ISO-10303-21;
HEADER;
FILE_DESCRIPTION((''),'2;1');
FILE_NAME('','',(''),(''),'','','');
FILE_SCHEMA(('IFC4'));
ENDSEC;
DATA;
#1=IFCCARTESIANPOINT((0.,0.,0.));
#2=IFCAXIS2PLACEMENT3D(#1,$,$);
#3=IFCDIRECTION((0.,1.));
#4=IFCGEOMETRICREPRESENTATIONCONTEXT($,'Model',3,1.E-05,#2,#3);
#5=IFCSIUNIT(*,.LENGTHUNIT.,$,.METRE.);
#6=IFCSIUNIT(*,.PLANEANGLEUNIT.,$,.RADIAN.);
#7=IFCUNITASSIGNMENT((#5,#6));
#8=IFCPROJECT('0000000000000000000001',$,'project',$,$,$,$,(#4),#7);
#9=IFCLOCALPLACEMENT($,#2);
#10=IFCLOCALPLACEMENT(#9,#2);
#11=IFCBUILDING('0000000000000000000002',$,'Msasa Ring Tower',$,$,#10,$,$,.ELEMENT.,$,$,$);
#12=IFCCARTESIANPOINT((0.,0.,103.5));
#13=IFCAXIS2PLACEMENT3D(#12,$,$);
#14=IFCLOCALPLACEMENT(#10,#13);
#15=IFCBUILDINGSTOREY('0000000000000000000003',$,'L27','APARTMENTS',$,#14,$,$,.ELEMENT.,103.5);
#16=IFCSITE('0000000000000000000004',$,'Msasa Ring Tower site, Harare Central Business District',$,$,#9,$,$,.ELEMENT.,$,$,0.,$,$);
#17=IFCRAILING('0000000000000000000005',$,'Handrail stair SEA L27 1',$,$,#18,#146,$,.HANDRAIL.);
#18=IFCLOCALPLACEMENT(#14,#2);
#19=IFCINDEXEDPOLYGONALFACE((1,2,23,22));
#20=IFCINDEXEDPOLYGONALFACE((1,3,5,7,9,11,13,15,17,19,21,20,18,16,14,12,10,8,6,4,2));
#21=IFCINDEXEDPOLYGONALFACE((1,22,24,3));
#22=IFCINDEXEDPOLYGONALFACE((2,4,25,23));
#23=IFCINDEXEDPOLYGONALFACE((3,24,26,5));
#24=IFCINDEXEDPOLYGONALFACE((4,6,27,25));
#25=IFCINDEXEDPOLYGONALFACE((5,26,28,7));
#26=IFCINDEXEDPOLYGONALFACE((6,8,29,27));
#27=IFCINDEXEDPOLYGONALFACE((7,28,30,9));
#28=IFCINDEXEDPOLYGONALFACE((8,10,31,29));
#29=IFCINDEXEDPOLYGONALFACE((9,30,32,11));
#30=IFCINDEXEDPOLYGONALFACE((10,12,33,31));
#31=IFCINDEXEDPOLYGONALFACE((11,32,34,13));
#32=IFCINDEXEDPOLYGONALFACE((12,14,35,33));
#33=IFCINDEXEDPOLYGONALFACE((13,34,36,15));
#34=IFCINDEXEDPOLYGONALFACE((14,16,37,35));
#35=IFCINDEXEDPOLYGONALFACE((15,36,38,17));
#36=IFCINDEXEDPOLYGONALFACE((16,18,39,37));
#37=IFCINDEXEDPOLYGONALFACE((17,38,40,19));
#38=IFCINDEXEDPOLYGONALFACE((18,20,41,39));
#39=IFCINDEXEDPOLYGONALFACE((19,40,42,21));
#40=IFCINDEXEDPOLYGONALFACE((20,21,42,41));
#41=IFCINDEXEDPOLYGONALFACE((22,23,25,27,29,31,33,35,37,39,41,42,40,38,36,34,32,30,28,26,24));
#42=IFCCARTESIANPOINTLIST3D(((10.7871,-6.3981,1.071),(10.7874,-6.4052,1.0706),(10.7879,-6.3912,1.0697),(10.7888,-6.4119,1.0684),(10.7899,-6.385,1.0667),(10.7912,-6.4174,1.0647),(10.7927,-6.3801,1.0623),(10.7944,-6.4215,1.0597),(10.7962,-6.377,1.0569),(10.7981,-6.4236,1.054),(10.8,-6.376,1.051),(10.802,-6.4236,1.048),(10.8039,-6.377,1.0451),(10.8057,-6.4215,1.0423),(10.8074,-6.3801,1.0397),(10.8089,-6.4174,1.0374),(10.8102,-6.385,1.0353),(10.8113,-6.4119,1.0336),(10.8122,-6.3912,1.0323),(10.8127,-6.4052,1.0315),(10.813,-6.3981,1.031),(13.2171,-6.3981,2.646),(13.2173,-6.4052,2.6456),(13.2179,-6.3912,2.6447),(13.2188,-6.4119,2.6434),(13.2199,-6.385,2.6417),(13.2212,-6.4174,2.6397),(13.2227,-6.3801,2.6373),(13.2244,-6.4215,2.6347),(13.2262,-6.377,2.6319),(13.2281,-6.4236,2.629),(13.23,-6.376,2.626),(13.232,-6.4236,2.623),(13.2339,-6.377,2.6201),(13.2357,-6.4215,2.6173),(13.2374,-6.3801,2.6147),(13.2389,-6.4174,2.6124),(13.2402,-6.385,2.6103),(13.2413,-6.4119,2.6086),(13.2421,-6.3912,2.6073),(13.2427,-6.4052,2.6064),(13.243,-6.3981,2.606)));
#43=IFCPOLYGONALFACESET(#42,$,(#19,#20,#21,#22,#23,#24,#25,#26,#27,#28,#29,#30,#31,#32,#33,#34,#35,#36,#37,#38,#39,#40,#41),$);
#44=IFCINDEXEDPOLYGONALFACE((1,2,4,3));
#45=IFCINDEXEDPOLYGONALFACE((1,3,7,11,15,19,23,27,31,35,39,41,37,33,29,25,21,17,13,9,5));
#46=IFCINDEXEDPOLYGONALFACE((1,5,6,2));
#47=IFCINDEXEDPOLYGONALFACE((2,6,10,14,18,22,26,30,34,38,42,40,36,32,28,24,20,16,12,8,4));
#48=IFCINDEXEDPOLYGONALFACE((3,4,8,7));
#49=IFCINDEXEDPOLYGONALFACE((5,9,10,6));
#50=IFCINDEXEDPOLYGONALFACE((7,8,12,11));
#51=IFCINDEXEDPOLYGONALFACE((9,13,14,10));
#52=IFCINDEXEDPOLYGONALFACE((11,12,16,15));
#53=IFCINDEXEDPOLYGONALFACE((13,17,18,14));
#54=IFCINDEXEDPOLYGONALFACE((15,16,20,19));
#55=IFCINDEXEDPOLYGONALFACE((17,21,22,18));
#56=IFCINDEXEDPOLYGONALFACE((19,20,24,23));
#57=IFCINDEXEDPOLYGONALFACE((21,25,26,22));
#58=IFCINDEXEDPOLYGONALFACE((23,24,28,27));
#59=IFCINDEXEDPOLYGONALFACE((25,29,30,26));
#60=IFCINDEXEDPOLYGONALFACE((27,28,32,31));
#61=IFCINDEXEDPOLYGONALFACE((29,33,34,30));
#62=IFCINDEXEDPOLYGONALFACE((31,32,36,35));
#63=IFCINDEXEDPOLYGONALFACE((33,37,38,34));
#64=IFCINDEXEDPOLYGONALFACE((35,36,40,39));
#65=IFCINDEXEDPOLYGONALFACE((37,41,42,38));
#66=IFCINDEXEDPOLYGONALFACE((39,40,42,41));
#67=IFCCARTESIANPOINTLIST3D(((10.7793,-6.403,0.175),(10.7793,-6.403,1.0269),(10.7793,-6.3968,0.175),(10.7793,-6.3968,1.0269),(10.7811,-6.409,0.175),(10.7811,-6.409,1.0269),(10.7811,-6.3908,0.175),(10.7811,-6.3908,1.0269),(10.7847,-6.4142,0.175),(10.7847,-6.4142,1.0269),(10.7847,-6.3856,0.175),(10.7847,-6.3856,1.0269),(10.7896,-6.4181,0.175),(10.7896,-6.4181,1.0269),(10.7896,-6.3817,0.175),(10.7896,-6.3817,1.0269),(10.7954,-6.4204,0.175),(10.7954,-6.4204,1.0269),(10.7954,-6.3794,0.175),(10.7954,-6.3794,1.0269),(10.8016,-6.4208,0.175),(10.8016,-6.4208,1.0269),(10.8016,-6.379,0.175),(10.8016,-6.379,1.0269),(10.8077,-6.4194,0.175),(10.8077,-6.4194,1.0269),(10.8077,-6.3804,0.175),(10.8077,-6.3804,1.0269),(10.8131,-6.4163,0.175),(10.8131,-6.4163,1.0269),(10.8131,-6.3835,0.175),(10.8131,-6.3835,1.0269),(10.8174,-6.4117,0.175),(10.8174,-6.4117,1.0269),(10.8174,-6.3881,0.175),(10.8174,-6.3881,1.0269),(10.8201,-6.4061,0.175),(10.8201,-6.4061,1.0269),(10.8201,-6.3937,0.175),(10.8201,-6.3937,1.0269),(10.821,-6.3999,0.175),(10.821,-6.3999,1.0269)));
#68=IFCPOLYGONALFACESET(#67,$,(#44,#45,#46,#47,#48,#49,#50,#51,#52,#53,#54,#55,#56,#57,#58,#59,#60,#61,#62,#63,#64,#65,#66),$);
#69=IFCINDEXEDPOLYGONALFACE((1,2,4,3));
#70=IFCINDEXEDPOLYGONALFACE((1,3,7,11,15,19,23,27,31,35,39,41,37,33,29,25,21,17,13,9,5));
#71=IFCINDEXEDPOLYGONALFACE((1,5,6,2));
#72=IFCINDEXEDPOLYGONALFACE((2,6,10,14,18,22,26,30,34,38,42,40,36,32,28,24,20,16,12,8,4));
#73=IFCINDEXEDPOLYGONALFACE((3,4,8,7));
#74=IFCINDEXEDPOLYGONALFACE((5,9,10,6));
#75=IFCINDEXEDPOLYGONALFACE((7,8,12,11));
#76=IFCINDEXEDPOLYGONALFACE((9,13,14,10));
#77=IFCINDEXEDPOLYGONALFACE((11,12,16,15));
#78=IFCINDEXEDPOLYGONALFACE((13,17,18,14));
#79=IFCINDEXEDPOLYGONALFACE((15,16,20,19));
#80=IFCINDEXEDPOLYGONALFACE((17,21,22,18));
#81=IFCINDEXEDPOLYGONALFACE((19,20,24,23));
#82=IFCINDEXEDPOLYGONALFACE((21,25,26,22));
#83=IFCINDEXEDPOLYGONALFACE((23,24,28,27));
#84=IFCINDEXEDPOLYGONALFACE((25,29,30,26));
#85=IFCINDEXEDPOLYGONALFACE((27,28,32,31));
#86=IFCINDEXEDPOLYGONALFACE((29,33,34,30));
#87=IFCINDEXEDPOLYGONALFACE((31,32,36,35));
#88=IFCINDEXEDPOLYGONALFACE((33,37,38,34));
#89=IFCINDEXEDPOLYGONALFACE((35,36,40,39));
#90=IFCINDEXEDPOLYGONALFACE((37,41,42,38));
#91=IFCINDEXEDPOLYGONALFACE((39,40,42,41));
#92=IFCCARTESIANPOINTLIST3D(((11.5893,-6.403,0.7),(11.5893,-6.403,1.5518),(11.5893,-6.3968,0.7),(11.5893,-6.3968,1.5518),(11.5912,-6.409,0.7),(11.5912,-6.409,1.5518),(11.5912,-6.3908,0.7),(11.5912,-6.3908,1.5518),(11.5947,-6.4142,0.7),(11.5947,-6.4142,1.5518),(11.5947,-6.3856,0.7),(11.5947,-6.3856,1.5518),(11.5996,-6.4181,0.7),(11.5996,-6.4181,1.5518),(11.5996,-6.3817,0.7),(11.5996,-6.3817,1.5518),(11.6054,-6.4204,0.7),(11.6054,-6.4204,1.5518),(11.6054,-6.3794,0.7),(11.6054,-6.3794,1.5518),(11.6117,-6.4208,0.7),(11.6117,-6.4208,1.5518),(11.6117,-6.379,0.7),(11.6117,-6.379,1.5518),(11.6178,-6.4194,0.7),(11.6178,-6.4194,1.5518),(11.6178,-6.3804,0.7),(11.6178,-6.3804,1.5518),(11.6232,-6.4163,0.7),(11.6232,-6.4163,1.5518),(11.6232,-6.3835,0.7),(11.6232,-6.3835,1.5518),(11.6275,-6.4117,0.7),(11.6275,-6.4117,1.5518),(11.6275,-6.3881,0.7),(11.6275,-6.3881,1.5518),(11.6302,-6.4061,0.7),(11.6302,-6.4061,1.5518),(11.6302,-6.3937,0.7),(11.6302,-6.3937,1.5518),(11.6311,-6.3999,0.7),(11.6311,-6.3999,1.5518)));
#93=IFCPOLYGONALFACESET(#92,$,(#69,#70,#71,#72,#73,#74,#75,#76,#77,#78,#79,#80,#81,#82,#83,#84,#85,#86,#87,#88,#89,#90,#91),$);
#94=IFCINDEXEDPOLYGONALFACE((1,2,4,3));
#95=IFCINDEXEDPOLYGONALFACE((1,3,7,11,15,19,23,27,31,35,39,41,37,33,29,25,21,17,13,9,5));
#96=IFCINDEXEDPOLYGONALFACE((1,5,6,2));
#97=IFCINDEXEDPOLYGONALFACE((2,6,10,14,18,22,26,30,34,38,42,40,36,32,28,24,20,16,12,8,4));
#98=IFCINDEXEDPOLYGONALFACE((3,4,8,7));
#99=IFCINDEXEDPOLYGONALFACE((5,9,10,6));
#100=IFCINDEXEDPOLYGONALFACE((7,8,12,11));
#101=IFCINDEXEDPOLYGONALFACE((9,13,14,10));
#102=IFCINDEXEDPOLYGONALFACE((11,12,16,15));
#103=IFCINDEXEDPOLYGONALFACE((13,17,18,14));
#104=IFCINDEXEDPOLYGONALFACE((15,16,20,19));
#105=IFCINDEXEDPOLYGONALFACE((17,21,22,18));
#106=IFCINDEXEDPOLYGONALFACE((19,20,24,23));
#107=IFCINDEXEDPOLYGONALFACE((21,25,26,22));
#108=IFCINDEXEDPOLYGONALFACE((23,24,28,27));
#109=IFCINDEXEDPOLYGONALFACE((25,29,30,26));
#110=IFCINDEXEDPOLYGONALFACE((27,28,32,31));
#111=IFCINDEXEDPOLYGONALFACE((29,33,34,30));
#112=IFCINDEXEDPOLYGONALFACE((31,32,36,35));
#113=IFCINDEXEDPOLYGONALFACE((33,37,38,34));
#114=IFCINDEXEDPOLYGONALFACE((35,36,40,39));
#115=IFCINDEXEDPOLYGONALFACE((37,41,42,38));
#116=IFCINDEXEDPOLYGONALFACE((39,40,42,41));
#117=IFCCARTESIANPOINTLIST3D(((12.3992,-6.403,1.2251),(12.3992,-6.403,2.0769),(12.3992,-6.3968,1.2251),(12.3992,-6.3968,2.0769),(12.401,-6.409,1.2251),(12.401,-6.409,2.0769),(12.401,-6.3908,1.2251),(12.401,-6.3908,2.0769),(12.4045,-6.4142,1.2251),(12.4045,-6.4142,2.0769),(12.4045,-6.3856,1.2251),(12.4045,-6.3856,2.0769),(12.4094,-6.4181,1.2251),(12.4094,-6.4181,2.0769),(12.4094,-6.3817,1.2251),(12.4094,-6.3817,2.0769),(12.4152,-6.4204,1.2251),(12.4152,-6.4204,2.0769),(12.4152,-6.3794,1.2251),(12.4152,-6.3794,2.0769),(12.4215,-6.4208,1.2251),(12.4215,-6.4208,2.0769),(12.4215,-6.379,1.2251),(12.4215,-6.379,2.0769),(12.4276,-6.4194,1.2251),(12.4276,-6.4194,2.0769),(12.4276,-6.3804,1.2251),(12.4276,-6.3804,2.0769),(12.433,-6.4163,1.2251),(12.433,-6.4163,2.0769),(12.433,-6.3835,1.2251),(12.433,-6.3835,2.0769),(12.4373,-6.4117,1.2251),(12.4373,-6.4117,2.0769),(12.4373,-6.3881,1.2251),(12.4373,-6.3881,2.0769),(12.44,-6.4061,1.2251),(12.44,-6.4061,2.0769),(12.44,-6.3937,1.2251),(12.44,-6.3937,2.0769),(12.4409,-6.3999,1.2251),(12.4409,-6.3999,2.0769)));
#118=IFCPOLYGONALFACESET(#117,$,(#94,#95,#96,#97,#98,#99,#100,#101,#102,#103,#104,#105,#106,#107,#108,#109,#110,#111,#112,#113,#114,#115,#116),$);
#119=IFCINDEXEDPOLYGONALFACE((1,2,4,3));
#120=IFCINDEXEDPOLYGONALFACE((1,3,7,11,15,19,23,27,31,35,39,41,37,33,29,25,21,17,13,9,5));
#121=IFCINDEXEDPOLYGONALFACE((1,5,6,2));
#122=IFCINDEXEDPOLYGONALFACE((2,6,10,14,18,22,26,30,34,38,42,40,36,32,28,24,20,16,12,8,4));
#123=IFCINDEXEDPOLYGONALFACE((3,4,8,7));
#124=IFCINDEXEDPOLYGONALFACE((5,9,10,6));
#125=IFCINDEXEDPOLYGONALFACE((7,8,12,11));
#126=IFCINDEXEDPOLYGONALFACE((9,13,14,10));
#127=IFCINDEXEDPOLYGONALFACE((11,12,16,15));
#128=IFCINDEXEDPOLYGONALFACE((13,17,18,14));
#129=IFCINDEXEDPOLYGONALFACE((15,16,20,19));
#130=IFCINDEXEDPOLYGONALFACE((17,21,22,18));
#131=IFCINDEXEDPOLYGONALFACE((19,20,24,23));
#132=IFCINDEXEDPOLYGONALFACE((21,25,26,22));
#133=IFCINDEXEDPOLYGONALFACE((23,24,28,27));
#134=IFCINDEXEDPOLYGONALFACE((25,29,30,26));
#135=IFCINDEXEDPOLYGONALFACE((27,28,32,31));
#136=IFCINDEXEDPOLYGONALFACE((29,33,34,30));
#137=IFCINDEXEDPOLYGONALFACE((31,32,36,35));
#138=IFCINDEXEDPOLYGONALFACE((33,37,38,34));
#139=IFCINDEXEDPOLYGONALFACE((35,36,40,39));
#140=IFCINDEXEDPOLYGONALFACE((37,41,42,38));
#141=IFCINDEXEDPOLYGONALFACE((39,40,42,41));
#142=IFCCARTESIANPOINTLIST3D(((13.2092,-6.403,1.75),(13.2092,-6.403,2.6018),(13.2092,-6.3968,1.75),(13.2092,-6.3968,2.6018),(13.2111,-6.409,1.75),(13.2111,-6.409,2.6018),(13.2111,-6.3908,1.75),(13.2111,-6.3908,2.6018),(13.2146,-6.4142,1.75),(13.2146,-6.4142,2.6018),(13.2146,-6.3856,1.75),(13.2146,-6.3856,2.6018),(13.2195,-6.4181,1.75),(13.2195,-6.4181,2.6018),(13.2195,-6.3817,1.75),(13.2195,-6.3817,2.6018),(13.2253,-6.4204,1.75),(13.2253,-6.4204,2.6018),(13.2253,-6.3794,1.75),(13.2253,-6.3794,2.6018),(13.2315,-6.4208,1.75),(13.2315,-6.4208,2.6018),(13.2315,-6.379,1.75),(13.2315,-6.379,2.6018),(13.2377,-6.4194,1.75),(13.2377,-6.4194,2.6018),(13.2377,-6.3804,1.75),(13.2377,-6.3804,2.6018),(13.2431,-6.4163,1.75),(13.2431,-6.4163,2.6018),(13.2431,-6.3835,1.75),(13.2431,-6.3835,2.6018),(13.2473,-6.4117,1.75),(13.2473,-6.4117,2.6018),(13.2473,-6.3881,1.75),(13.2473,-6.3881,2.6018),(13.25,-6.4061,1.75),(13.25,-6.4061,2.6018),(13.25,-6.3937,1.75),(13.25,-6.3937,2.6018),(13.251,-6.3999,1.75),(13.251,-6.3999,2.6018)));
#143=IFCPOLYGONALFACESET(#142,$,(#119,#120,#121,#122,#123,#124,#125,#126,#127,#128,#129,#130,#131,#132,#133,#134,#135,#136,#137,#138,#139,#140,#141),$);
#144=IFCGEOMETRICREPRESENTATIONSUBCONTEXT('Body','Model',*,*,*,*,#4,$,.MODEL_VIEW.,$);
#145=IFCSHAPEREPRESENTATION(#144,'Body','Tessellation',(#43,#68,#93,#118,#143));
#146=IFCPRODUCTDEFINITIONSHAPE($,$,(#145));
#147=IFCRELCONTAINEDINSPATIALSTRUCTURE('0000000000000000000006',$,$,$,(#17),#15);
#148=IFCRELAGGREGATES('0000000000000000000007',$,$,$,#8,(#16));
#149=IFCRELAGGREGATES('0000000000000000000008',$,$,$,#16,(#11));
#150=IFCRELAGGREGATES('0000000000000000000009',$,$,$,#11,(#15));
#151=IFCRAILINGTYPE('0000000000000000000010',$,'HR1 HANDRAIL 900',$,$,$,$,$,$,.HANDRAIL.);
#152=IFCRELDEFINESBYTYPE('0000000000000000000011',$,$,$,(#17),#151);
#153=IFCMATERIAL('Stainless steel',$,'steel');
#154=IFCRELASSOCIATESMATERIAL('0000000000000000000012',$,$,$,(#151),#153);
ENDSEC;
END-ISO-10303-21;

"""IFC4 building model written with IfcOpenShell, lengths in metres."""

from ifc_helpers import new_model, si_unit, direction, frame, origin, origin_2d, place, context, subcontext, project, spatial, circle, extrude, material, type_object, element, save


model = new_model("IFC4")

# Units and contexts
model_context = context("Model", 3, precision=1e-05, world=origin(), true_north=direction((0.0, 1.0)))
body_context = subcontext(model_context, "Body", "Model", "MODEL_VIEW")
ifc_project = project(units=[si_unit("LENGTHUNIT", "METRE"), si_unit("PLANEANGLEUNIT", "RADIAN")], contexts=[model_context])

# Site, building, storey
site_placement = place(None, origin())
site = spatial("IfcSite", under=ifc_project, at=site_placement, Name="Msasa Ring Tower site, Harare Central Business District", CompositionType="ELEMENT", RefElevation=0.0)
building_placement = place(site_placement, origin())
building = spatial("IfcBuilding", under=site, at=building_placement, Name="Msasa Ring Tower", CompositionType="ELEMENT")
storey_placement = place(building_placement, frame((0.0, 0.0, 103.5)))
storey = spatial("IfcBuildingStorey", under=building, at=storey_placement, Name="L27", Description="APARTMENTS", CompositionType="ELEMENT", Elevation=103.5)

# Railing
ifc_material_1 = material(Name="Stainless steel", Category="steel")
railing_type = type_object("IfcRailingType", Name="HR1 HANDRAIL 900", PredefinedType="HANDRAIL", material=ifc_material_1)
for number, where, name in (
    (1, (10.8, -6.3999, 0.175), "Handrail stair SEA L27 1"),
):
    element("IfcRailing", number, at=place(storey_placement, frame(where)), inside=storey, type_object=railing_type, Name=name, PredefinedType="HANDRAIL", context=body_context, shape_type="SweptSolid", body=[
        extrude(circle(Radius=0.0239, at=origin_2d()), frame((0.0, 0.0, 0.876), z_axis=(0.839154, 0.0, 0.543894), x_axis=(0.0, 1.0, 0.0)), (0.0, 0.0, 1.0), 2.8958),
        extrude(circle(Radius=0.021, at=origin_2d()), origin(), (0.0, 0.0, 1.0), 0.8518),
        extrude(circle(Radius=0.021, at=origin_2d()), frame((0.8101, 0.0, 0.5249)), (0.0, 0.0, 1.0), 0.8518),
        extrude(circle(Radius=0.021, at=origin_2d()), frame((1.6199, 0.0, 1.05)), (0.0, 0.0, 1.0), 0.8518),
        extrude(circle(Radius=0.021, at=origin_2d()), frame((2.4299, 0.0, 1.575)), (0.0, 0.0, 1.0), 0.8518),
    ])

save(model, "model.ifc")
